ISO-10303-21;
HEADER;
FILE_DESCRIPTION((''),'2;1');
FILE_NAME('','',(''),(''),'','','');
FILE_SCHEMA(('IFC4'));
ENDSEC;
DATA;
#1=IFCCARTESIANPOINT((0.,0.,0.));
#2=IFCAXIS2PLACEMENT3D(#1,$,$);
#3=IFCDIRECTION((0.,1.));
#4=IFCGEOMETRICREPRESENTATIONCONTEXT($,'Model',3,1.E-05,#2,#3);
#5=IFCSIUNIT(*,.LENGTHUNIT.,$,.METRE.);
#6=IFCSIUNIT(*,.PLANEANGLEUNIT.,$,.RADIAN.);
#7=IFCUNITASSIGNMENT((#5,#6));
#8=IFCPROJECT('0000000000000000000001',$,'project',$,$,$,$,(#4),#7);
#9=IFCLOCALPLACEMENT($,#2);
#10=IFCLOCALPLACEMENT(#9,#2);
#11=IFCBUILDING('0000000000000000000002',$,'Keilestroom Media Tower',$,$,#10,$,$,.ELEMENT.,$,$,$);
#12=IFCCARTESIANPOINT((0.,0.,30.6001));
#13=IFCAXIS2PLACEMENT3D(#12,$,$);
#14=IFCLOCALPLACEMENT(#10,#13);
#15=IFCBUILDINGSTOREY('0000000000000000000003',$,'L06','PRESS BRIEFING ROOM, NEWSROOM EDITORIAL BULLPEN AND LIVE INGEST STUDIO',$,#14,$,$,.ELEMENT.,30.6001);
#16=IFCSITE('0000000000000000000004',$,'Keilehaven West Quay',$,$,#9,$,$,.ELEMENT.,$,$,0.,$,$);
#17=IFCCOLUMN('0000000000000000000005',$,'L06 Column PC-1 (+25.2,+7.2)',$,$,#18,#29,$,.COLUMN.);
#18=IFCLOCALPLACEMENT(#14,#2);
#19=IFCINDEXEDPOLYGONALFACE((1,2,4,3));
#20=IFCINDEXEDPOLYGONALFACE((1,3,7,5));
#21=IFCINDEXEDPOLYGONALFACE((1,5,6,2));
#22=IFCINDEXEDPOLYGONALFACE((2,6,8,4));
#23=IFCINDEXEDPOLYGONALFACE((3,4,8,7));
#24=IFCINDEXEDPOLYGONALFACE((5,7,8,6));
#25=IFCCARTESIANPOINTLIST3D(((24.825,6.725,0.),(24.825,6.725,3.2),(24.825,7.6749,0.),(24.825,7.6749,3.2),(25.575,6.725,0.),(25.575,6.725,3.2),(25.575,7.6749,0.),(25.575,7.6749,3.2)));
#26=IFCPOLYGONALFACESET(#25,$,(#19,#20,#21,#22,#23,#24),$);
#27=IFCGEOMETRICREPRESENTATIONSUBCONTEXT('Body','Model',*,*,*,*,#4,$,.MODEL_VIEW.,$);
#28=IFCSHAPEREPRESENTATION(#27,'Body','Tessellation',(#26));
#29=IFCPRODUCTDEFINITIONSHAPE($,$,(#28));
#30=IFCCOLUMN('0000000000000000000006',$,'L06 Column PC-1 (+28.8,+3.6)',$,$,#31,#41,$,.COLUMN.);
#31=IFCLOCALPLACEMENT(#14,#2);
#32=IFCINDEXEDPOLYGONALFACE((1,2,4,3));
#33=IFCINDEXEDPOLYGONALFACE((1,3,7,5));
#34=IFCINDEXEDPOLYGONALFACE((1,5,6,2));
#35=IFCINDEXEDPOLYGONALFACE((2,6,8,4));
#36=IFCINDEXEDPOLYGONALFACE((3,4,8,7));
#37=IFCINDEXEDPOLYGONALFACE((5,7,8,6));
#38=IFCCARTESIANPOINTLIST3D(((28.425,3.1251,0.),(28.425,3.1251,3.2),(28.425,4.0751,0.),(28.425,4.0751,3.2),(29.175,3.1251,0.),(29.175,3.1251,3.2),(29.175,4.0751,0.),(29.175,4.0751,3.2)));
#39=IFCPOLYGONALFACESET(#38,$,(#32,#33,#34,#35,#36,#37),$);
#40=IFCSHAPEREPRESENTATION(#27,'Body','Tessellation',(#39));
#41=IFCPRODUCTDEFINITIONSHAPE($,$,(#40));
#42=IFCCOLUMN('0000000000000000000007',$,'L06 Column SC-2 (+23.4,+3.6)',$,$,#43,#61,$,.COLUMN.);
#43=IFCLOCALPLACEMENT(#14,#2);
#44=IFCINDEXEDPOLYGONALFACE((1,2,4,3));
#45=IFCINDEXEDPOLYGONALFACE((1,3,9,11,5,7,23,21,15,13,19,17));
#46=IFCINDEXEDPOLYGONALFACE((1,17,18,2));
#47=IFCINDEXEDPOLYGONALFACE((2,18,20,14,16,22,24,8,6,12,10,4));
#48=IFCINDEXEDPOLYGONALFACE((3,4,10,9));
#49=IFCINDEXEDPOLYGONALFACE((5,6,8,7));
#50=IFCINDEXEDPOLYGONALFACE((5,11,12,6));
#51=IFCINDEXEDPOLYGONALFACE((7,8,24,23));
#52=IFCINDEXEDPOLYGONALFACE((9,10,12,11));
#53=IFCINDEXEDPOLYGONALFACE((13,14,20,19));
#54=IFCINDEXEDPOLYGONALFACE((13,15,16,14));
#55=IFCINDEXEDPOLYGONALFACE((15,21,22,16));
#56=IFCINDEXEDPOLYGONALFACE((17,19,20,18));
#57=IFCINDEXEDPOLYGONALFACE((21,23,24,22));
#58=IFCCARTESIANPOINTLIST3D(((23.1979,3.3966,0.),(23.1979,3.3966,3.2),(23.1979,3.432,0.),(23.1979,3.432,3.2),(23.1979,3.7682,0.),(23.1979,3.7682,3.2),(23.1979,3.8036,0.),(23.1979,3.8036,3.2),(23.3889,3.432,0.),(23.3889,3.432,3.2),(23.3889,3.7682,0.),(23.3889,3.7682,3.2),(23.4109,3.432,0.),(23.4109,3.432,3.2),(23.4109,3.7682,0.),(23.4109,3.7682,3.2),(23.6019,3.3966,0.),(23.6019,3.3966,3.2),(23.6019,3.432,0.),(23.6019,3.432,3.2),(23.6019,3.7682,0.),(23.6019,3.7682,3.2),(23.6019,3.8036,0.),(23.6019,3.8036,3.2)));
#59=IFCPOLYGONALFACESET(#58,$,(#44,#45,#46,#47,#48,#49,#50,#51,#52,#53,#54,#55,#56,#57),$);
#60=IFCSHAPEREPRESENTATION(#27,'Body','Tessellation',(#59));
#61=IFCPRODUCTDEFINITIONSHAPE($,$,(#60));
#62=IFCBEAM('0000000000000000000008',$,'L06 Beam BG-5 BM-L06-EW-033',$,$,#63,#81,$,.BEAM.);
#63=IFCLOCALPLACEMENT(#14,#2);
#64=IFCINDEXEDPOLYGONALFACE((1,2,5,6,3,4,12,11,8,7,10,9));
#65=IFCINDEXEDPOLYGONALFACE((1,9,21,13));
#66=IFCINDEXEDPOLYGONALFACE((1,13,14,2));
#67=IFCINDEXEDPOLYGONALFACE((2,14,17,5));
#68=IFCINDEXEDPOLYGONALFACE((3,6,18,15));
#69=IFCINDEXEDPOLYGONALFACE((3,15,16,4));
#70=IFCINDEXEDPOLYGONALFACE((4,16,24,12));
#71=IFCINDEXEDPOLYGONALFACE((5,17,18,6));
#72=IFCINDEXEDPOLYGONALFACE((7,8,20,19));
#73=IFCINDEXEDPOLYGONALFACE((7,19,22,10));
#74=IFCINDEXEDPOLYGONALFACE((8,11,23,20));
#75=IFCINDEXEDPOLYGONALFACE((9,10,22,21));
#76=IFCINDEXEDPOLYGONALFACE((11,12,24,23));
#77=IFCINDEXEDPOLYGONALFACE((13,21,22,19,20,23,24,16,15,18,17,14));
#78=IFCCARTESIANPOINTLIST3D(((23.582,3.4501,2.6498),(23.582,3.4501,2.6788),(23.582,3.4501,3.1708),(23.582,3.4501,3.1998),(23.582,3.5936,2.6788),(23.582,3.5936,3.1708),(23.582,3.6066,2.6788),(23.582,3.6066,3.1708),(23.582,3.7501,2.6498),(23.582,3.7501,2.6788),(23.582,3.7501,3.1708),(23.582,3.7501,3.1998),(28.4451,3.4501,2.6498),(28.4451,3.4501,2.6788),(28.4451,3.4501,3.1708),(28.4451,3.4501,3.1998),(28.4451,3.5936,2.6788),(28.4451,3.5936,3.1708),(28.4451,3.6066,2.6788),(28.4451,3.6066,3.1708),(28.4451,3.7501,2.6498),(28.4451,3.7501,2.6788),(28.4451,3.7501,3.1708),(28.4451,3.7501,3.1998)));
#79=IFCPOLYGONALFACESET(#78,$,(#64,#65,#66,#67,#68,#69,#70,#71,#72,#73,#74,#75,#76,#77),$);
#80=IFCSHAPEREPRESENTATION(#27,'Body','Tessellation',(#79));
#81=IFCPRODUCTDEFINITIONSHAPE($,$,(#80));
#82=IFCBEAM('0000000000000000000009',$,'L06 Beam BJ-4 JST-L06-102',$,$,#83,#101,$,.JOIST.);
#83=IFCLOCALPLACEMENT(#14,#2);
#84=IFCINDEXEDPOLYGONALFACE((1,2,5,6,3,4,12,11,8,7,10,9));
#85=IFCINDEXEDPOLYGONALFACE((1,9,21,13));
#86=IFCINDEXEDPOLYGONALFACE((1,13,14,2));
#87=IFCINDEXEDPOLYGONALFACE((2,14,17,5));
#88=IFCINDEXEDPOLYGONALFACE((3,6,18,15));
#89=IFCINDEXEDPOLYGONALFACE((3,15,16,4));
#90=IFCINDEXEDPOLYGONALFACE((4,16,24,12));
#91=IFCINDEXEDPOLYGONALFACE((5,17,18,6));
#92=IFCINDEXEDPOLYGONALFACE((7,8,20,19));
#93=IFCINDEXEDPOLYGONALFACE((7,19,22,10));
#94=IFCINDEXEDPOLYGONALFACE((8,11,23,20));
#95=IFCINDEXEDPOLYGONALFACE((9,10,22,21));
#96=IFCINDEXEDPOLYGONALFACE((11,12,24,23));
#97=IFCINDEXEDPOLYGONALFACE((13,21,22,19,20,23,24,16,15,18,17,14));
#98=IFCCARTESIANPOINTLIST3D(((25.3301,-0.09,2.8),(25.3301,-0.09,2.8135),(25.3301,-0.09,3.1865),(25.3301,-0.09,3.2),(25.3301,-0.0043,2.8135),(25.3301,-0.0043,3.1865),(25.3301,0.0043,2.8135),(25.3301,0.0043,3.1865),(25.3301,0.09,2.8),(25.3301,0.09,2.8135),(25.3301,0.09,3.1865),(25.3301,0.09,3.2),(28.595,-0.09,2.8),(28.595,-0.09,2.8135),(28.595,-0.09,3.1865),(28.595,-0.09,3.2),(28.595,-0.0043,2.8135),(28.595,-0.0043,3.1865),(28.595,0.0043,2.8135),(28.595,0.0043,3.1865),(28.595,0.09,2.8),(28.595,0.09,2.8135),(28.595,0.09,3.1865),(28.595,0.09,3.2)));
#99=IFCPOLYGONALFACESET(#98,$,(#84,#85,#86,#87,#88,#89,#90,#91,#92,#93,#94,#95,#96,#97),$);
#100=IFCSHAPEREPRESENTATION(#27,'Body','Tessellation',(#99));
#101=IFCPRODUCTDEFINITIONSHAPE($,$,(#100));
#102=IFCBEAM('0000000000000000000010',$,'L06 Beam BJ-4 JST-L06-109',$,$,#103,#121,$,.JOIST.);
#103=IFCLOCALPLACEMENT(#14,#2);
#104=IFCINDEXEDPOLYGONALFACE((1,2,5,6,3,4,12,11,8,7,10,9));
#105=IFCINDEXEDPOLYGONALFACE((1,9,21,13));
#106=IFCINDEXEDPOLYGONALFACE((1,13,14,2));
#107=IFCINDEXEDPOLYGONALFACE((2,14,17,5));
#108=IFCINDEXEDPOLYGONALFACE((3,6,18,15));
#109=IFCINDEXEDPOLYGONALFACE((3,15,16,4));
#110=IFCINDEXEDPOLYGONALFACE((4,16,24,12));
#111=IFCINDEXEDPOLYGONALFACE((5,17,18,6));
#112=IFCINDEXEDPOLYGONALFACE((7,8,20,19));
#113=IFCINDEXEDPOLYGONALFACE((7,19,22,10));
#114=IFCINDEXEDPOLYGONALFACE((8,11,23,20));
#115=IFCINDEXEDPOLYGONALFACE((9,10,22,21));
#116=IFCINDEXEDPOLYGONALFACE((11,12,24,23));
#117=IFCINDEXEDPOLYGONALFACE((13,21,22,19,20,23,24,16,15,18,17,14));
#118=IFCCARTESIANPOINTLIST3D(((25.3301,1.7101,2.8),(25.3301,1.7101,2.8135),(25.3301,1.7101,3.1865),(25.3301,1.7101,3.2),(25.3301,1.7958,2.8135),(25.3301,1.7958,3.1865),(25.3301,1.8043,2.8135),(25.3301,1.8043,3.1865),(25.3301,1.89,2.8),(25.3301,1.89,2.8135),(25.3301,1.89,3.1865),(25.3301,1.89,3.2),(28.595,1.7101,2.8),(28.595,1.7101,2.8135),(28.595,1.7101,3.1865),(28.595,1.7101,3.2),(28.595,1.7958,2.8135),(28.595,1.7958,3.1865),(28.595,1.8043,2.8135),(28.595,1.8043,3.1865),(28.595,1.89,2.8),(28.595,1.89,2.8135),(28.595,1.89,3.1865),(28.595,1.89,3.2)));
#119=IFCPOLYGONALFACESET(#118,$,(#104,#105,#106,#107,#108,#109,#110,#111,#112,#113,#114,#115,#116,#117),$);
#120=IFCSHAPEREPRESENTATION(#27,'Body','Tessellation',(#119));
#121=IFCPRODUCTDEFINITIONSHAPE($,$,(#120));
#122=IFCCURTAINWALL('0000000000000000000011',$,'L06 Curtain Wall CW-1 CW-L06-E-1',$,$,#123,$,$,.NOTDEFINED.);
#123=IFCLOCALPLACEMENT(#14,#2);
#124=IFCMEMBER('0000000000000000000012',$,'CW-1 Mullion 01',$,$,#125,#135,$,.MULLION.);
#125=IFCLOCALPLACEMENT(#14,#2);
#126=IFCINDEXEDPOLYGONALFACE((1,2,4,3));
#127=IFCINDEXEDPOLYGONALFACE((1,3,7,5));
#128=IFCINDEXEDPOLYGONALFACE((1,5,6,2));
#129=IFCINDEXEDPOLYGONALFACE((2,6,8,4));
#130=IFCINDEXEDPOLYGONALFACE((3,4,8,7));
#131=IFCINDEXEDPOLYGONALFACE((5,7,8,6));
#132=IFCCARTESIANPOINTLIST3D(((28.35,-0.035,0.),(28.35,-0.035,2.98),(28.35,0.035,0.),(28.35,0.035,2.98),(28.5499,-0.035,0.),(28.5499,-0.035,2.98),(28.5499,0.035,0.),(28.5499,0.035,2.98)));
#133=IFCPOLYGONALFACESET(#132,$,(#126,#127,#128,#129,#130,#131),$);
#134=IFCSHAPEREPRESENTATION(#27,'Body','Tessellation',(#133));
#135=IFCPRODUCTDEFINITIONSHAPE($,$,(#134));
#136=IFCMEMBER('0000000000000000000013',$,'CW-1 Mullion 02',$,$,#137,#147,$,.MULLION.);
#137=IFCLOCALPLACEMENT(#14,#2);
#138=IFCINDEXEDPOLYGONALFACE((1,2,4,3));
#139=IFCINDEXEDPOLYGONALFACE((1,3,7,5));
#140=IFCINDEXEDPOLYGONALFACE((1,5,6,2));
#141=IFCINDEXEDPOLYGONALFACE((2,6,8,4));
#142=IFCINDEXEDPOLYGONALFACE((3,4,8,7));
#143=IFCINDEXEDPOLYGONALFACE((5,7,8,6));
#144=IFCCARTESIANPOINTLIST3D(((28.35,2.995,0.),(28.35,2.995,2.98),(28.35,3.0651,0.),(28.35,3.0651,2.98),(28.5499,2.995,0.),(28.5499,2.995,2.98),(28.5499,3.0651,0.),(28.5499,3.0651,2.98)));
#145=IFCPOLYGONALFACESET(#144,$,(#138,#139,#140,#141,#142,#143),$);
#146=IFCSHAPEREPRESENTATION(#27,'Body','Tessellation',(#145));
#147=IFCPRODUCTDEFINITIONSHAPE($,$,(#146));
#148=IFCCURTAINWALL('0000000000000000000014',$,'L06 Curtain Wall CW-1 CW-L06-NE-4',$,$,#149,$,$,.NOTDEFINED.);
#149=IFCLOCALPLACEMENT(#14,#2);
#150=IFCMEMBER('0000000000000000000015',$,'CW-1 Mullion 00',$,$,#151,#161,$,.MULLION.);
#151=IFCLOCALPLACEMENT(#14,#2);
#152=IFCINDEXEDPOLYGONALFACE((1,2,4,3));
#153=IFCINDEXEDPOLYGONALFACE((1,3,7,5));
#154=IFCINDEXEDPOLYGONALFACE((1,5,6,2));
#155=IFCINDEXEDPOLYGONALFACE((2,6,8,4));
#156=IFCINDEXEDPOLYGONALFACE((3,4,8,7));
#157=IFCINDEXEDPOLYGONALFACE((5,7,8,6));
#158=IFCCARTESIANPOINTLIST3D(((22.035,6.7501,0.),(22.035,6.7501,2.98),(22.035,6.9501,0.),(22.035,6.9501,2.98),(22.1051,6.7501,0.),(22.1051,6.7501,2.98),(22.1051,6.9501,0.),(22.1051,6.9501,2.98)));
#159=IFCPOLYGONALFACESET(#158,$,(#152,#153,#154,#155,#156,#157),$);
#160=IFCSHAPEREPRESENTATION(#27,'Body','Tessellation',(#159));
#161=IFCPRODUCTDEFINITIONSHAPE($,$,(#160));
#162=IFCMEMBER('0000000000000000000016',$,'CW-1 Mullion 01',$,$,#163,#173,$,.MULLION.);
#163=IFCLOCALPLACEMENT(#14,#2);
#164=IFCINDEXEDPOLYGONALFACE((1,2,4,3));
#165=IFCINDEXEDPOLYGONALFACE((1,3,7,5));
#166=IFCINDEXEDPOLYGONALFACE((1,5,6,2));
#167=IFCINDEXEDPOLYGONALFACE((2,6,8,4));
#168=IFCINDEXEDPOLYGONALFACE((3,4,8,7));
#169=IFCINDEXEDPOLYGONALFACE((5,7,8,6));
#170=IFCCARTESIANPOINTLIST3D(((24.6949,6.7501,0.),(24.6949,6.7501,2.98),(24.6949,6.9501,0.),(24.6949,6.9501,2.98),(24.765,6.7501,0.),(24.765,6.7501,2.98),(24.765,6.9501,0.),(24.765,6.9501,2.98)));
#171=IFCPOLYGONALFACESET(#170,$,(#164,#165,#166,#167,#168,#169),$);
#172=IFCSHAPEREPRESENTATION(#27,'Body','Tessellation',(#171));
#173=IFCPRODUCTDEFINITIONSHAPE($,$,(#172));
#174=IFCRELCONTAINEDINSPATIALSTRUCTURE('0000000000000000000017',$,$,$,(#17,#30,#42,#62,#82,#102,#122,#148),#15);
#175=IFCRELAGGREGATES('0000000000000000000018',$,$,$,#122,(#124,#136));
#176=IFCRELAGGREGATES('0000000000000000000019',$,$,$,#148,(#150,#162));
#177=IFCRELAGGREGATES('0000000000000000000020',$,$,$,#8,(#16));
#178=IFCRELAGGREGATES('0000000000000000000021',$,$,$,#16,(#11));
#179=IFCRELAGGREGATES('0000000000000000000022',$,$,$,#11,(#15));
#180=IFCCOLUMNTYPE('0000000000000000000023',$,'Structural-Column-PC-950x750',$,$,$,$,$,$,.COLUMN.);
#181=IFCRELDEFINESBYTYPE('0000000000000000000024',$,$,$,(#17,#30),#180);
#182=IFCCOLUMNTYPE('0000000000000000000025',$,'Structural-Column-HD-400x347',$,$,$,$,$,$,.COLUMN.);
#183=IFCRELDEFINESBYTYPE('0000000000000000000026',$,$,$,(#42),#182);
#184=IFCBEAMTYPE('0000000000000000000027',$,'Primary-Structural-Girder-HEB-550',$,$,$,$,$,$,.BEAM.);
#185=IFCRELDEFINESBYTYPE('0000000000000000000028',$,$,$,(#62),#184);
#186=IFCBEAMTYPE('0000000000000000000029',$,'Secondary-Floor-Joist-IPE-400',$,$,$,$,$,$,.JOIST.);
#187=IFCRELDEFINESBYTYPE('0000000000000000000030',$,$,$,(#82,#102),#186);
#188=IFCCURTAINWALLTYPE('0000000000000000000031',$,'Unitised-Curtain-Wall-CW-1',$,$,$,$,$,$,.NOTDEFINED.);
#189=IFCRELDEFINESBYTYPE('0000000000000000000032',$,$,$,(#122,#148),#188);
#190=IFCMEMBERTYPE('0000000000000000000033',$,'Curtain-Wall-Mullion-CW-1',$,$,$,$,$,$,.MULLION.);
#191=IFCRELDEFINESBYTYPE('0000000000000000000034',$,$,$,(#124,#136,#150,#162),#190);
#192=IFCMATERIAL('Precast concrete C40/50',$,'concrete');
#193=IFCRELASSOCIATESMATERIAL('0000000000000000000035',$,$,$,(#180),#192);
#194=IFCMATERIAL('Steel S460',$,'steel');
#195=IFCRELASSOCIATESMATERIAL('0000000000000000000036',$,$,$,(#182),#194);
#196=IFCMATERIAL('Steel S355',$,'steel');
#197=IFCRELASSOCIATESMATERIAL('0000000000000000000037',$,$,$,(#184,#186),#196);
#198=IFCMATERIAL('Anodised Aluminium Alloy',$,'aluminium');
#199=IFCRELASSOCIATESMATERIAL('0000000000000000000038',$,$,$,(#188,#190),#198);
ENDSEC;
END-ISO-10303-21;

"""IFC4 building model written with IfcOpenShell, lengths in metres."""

from ifc_helpers import new_model, si_unit, direction, frame, origin, origin_2d, place, context, subcontext, project, spatial, rectangle, i_section, extrude, source, transform, mapped, material, material_profile, profile_set, type_object, element, aggregate, save


model = new_model("IFC4")

# Units and contexts
model_context = context("Model", 3, precision=1e-05, world=origin(), true_north=direction((0.0, 1.0)))
body_context = subcontext(model_context, "Body", "Model", "MODEL_VIEW")
ifc_project = project(units=[si_unit("LENGTHUNIT", "METRE"), si_unit("PLANEANGLEUNIT", "RADIAN")], contexts=[model_context])

# Site, building, storey
site_placement = place(None, origin())
site = spatial("IfcSite", under=ifc_project, at=site_placement, Name="Keilehaven West Quay", CompositionType="ELEMENT", RefElevation=0.0)
building_placement = place(site_placement, origin())
building = spatial("IfcBuilding", under=site, at=building_placement, Name="Keilestroom Media Tower", CompositionType="ELEMENT")
storey_placement = place(building_placement, frame((0.0, 0.0, 30.6001)))
storey = spatial("IfcBuildingStorey", under=building, at=storey_placement, Name="L06", Description="PRESS BRIEFING ROOM, NEWSROOM EDITORIAL BULLPEN AND LIVE INGEST STUDIO", CompositionType="ELEMENT", Elevation=30.6001)

# Columns
ifc_material_1 = material(Name="Precast concrete C40/50", Category="concrete")
ifc_material_profile_1 = material_profile(ifc_material_1, rectangle(XDim=0.75, YDim=0.95, at=origin_2d()), Name="PC 950x750")
ifc_profile_set_1 = profile_set([ifc_material_profile_1], Name="Precast concrete C40/50")
column_type_1 = type_object("IfcColumnType", Name="Structural-Column-PC-950x750", PredefinedType="COLUMN", material=ifc_profile_set_1)
shared_shape_1 = source(origin(), body_context, "Body", "SweptSolid", [
    extrude(rectangle(XDim=0.75, YDim=0.95, at=origin_2d()), origin(), (0.0, 0.0, 1.0), 3.2),
])
for number, where, z_axis, x_axis, name in (
    (1, (25.2, 7.2, 0.0), (0.0, 0.0, 1.0), (1.0, 0.0, 0.0), "L06 Column PC-1 (+25.2,+7.2)"),
    (2, (28.8, 3.6001, 0.0), (0.0, 0.0, 1.0), (1.0, 0.0, 0.0), "L06 Column PC-1 (+28.8,+3.6)"),
):
    element("IfcColumn", number, at=place(storey_placement, frame(where, z_axis=z_axis, x_axis=x_axis)), inside=storey, type_object=column_type_1, Name=name, PredefinedType="COLUMN", context=body_context, shape_type="MappedRepresentation", body=[
        mapped(shared_shape_1, transform((0.0, 0.0, 0.0), x_axis=(1.0, 0.0, 0.0), y_axis=(0.0, 1.0, 0.0), z_axis=(0.0, 0.0, 1.0), scale=1.0)),
    ])
ifc_material_2 = material(Name="Steel S460", Category="steel")
ifc_material_profile_2 = material_profile(ifc_material_2, i_section(OverallWidth=0.4041, OverallDepth=0.407, WebThickness=0.022, FlangeThickness=0.0354, at=origin_2d()), Name="HD 400x347")
ifc_profile_set_2 = profile_set([ifc_material_profile_2], Name="Steel S460")
column_type_2 = type_object("IfcColumnType", Name="Structural-Column-HD-400x347", PredefinedType="COLUMN", material=ifc_profile_set_2)
shared_shape_2 = source(origin(), body_context, "Body", "SweptSolid", [
    extrude(i_section(OverallWidth=0.4041, OverallDepth=0.407, WebThickness=0.022, FlangeThickness=0.0354, at=origin_2d()), origin(), (0.0, 0.0, 1.0), 3.2),
])
column_placement = place(storey_placement, frame((23.3999, 3.6001, 0.0), z_axis=(0.0, 0.0, 1.0), x_axis=(1.0, 0.0, 0.0)))
element("IfcColumn", 3, at=column_placement, inside=storey, type_object=column_type_2, Name="L06 Column SC-2 (+23.4,+3.6)", PredefinedType="COLUMN", context=body_context, shape_type="MappedRepresentation", body=[
    mapped(shared_shape_2, transform((0.0, 0.0, 0.0), x_axis=(1.0, 0.0, 0.0), y_axis=(0.0, 1.0, 0.0), z_axis=(0.0, 0.0, 1.0), scale=1.0)),
])

# Beams
ifc_material_3 = material(Name="Steel S355", Category="steel")
ifc_material_profile_3 = material_profile(ifc_material_3, i_section(OverallWidth=0.3, OverallDepth=0.55, WebThickness=0.0129, FlangeThickness=0.0291, at=origin_2d()), Name="HEB 550")
ifc_profile_set_3 = profile_set([ifc_material_profile_3], Name="Steel S355")
beam_type_1 = type_object("IfcBeamType", Name="Primary-Structural-Girder-HEB-550", PredefinedType="BEAM", material=ifc_profile_set_3)
shared_shape_3 = source(origin(), body_context, "Body", "SweptSolid", [
    extrude(i_section(OverallWidth=0.3, OverallDepth=0.55, WebThickness=0.0129, FlangeThickness=0.0291, at=origin_2d()), origin(), (0.0, 0.0, 1.0), 4.863),
])
beam_placement = place(storey_placement, frame((23.582, 3.6001, 2.9248), z_axis=(1.0, 0.0, 0.0), x_axis=(0.0, 1.0, 0.0)))
element("IfcBeam", 4, at=beam_placement, inside=storey, type_object=beam_type_1, Name="L06 Beam BG-5 BM-L06-EW-033", PredefinedType="BEAM", context=body_context, shape_type="MappedRepresentation", body=[
    mapped(shared_shape_3, transform((0.0, 0.0, 0.0), x_axis=(1.0, 0.0, 0.0), y_axis=(0.0, 1.0, 0.0), z_axis=(0.0, 0.0, 1.0), scale=1.0)),
])
ifc_material_profile_4 = material_profile(ifc_material_3, i_section(OverallWidth=0.1799, OverallDepth=0.3999, WebThickness=0.0085, FlangeThickness=0.0134, at=origin_2d()), Name="IPE 400")
ifc_profile_set_4 = profile_set([ifc_material_profile_4], Name="Steel S355")
beam_type_2 = type_object("IfcBeamType", Name="Secondary-Floor-Joist-IPE-400", PredefinedType="JOIST", material=ifc_profile_set_4)
shared_shape_4 = source(origin(), body_context, "Body", "SweptSolid", [
    extrude(i_section(OverallWidth=0.1799, OverallDepth=0.3999, WebThickness=0.0085, FlangeThickness=0.0134, at=origin_2d()), origin(), (0.0, 0.0, 1.0), 3.2649),
])
for number, where, z_axis, x_axis, name in (
    (5, (25.3301, 0.0, 3.0), (1.0, 0.0, 0.0), (0.0, 1.0, 0.0), "L06 Beam BJ-4 JST-L06-102"),
    (6, (25.3301, 1.8, 3.0), (1.0, 0.0, 0.0), (0.0, 1.0, 0.0), "L06 Beam BJ-4 JST-L06-109"),
):
    element("IfcBeam", number, at=place(storey_placement, frame(where, z_axis=z_axis, x_axis=x_axis)), inside=storey, type_object=beam_type_2, Name=name, PredefinedType="JOIST", context=body_context, shape_type="MappedRepresentation", body=[
        mapped(shared_shape_4, transform((0.0, 0.0, 0.0), x_axis=(1.0, 0.0, 0.0), y_axis=(0.0, 1.0, 0.0), z_axis=(0.0, 0.0, 1.0), scale=1.0)),
    ])

# Curtain walls, members
ifc_material_4 = material(Name="Anodised Aluminium Alloy", Category="aluminium")
curtain_wall_type = type_object("IfcCurtainWallType", Name="Unitised-Curtain-Wall-CW-1", PredefinedType="NOTDEFINED", material=ifc_material_4)
curtain_wall_1_placement = place(storey_placement, origin())
curtain_wall_1 = element("IfcCurtainWall", 7, at=curtain_wall_1_placement, inside=storey, type_object=curtain_wall_type, Name="L06 Curtain Wall CW-1 CW-L06-E-1", PredefinedType="NOTDEFINED")
ifc_material_profile_5 = material_profile(ifc_material_4, rectangle(XDim=0.0701, YDim=0.2, at=origin_2d()), Name="ALU MULLION 70x200")
ifc_profile_set_5 = profile_set([ifc_material_profile_5], Name="Anodised Aluminium Alloy")
member_type_1 = type_object("IfcMemberType", Name="Curtain-Wall-Mullion-CW-1", PredefinedType="MULLION", material=ifc_profile_set_5)
shared_shape_5 = source(origin(), body_context, "Body", "SweptSolid", [
    extrude(rectangle(XDim=0.0701, YDim=0.2, at=origin_2d()), origin(), (0.0, 0.0, 1.0), 2.98),
])
member_1_placement = place(storey_placement, frame((28.45, 0.0, 0.0), z_axis=(0.0, 0.0, 1.0), x_axis=(0.0, 1.0, 0.0)))
member_1 = element("IfcMember", 8, at=member_1_placement, type_object=member_type_1, Name="CW-1 Mullion 01", PredefinedType="MULLION", context=body_context, shape_type="MappedRepresentation", body=[
    mapped(shared_shape_5, transform((0.0, 0.0, 0.0), x_axis=(1.0, 0.0, 0.0), y_axis=(0.0, 1.0, 0.0), z_axis=(0.0, 0.0, 1.0), scale=1.0)),
])
member_2_placement = place(storey_placement, frame((28.45, 3.03, 0.0), z_axis=(0.0, 0.0, 1.0), x_axis=(0.0, 1.0, 0.0)))
member_2 = element("IfcMember", 9, at=member_2_placement, type_object=member_type_1, Name="CW-1 Mullion 02", PredefinedType="MULLION", context=body_context, shape_type="MappedRepresentation", body=[
    mapped(shared_shape_5, transform((0.0, 0.0, 0.0), x_axis=(1.0, 0.0, 0.0), y_axis=(0.0, 1.0, 0.0), z_axis=(0.0, 0.0, 1.0), scale=1.0)),
])
curtain_wall_2_placement = place(storey_placement, origin())
curtain_wall_2 = element("IfcCurtainWall", 10, at=curtain_wall_2_placement, inside=storey, type_object=curtain_wall_type, Name="L06 Curtain Wall CW-1 CW-L06-NE-4", PredefinedType="NOTDEFINED")
member_3_placement = place(storey_placement, frame((22.0701, 6.8501, 0.0), z_axis=(0.0, 0.0, 1.0), x_axis=(1.0, 0.0, 0.0)))
member_3 = element("IfcMember", 11, at=member_3_placement, type_object=member_type_1, Name="CW-1 Mullion 00", PredefinedType="MULLION", context=body_context, shape_type="MappedRepresentation", body=[
    mapped(shared_shape_5, transform((0.0, 0.0, 0.0), x_axis=(1.0, 0.0, 0.0), y_axis=(0.0, 1.0, 0.0), z_axis=(0.0, 0.0, 1.0), scale=1.0)),
])
member_4_placement = place(storey_placement, frame((24.73, 6.8501, 0.0), z_axis=(0.0, 0.0, 1.0), x_axis=(1.0, 0.0, 0.0)))
member_4 = element("IfcMember", 12, at=member_4_placement, type_object=member_type_1, Name="CW-1 Mullion 01", PredefinedType="MULLION", context=body_context, shape_type="MappedRepresentation", body=[
    mapped(shared_shape_5, transform((0.0, 0.0, 0.0), x_axis=(1.0, 0.0, 0.0), y_axis=(0.0, 1.0, 0.0), z_axis=(0.0, 0.0, 1.0), scale=1.0)),
])

aggregate(curtain_wall_1, [member_1, member_2])
aggregate(curtain_wall_2, [member_3, member_4])

save(model, "model.ifc")
